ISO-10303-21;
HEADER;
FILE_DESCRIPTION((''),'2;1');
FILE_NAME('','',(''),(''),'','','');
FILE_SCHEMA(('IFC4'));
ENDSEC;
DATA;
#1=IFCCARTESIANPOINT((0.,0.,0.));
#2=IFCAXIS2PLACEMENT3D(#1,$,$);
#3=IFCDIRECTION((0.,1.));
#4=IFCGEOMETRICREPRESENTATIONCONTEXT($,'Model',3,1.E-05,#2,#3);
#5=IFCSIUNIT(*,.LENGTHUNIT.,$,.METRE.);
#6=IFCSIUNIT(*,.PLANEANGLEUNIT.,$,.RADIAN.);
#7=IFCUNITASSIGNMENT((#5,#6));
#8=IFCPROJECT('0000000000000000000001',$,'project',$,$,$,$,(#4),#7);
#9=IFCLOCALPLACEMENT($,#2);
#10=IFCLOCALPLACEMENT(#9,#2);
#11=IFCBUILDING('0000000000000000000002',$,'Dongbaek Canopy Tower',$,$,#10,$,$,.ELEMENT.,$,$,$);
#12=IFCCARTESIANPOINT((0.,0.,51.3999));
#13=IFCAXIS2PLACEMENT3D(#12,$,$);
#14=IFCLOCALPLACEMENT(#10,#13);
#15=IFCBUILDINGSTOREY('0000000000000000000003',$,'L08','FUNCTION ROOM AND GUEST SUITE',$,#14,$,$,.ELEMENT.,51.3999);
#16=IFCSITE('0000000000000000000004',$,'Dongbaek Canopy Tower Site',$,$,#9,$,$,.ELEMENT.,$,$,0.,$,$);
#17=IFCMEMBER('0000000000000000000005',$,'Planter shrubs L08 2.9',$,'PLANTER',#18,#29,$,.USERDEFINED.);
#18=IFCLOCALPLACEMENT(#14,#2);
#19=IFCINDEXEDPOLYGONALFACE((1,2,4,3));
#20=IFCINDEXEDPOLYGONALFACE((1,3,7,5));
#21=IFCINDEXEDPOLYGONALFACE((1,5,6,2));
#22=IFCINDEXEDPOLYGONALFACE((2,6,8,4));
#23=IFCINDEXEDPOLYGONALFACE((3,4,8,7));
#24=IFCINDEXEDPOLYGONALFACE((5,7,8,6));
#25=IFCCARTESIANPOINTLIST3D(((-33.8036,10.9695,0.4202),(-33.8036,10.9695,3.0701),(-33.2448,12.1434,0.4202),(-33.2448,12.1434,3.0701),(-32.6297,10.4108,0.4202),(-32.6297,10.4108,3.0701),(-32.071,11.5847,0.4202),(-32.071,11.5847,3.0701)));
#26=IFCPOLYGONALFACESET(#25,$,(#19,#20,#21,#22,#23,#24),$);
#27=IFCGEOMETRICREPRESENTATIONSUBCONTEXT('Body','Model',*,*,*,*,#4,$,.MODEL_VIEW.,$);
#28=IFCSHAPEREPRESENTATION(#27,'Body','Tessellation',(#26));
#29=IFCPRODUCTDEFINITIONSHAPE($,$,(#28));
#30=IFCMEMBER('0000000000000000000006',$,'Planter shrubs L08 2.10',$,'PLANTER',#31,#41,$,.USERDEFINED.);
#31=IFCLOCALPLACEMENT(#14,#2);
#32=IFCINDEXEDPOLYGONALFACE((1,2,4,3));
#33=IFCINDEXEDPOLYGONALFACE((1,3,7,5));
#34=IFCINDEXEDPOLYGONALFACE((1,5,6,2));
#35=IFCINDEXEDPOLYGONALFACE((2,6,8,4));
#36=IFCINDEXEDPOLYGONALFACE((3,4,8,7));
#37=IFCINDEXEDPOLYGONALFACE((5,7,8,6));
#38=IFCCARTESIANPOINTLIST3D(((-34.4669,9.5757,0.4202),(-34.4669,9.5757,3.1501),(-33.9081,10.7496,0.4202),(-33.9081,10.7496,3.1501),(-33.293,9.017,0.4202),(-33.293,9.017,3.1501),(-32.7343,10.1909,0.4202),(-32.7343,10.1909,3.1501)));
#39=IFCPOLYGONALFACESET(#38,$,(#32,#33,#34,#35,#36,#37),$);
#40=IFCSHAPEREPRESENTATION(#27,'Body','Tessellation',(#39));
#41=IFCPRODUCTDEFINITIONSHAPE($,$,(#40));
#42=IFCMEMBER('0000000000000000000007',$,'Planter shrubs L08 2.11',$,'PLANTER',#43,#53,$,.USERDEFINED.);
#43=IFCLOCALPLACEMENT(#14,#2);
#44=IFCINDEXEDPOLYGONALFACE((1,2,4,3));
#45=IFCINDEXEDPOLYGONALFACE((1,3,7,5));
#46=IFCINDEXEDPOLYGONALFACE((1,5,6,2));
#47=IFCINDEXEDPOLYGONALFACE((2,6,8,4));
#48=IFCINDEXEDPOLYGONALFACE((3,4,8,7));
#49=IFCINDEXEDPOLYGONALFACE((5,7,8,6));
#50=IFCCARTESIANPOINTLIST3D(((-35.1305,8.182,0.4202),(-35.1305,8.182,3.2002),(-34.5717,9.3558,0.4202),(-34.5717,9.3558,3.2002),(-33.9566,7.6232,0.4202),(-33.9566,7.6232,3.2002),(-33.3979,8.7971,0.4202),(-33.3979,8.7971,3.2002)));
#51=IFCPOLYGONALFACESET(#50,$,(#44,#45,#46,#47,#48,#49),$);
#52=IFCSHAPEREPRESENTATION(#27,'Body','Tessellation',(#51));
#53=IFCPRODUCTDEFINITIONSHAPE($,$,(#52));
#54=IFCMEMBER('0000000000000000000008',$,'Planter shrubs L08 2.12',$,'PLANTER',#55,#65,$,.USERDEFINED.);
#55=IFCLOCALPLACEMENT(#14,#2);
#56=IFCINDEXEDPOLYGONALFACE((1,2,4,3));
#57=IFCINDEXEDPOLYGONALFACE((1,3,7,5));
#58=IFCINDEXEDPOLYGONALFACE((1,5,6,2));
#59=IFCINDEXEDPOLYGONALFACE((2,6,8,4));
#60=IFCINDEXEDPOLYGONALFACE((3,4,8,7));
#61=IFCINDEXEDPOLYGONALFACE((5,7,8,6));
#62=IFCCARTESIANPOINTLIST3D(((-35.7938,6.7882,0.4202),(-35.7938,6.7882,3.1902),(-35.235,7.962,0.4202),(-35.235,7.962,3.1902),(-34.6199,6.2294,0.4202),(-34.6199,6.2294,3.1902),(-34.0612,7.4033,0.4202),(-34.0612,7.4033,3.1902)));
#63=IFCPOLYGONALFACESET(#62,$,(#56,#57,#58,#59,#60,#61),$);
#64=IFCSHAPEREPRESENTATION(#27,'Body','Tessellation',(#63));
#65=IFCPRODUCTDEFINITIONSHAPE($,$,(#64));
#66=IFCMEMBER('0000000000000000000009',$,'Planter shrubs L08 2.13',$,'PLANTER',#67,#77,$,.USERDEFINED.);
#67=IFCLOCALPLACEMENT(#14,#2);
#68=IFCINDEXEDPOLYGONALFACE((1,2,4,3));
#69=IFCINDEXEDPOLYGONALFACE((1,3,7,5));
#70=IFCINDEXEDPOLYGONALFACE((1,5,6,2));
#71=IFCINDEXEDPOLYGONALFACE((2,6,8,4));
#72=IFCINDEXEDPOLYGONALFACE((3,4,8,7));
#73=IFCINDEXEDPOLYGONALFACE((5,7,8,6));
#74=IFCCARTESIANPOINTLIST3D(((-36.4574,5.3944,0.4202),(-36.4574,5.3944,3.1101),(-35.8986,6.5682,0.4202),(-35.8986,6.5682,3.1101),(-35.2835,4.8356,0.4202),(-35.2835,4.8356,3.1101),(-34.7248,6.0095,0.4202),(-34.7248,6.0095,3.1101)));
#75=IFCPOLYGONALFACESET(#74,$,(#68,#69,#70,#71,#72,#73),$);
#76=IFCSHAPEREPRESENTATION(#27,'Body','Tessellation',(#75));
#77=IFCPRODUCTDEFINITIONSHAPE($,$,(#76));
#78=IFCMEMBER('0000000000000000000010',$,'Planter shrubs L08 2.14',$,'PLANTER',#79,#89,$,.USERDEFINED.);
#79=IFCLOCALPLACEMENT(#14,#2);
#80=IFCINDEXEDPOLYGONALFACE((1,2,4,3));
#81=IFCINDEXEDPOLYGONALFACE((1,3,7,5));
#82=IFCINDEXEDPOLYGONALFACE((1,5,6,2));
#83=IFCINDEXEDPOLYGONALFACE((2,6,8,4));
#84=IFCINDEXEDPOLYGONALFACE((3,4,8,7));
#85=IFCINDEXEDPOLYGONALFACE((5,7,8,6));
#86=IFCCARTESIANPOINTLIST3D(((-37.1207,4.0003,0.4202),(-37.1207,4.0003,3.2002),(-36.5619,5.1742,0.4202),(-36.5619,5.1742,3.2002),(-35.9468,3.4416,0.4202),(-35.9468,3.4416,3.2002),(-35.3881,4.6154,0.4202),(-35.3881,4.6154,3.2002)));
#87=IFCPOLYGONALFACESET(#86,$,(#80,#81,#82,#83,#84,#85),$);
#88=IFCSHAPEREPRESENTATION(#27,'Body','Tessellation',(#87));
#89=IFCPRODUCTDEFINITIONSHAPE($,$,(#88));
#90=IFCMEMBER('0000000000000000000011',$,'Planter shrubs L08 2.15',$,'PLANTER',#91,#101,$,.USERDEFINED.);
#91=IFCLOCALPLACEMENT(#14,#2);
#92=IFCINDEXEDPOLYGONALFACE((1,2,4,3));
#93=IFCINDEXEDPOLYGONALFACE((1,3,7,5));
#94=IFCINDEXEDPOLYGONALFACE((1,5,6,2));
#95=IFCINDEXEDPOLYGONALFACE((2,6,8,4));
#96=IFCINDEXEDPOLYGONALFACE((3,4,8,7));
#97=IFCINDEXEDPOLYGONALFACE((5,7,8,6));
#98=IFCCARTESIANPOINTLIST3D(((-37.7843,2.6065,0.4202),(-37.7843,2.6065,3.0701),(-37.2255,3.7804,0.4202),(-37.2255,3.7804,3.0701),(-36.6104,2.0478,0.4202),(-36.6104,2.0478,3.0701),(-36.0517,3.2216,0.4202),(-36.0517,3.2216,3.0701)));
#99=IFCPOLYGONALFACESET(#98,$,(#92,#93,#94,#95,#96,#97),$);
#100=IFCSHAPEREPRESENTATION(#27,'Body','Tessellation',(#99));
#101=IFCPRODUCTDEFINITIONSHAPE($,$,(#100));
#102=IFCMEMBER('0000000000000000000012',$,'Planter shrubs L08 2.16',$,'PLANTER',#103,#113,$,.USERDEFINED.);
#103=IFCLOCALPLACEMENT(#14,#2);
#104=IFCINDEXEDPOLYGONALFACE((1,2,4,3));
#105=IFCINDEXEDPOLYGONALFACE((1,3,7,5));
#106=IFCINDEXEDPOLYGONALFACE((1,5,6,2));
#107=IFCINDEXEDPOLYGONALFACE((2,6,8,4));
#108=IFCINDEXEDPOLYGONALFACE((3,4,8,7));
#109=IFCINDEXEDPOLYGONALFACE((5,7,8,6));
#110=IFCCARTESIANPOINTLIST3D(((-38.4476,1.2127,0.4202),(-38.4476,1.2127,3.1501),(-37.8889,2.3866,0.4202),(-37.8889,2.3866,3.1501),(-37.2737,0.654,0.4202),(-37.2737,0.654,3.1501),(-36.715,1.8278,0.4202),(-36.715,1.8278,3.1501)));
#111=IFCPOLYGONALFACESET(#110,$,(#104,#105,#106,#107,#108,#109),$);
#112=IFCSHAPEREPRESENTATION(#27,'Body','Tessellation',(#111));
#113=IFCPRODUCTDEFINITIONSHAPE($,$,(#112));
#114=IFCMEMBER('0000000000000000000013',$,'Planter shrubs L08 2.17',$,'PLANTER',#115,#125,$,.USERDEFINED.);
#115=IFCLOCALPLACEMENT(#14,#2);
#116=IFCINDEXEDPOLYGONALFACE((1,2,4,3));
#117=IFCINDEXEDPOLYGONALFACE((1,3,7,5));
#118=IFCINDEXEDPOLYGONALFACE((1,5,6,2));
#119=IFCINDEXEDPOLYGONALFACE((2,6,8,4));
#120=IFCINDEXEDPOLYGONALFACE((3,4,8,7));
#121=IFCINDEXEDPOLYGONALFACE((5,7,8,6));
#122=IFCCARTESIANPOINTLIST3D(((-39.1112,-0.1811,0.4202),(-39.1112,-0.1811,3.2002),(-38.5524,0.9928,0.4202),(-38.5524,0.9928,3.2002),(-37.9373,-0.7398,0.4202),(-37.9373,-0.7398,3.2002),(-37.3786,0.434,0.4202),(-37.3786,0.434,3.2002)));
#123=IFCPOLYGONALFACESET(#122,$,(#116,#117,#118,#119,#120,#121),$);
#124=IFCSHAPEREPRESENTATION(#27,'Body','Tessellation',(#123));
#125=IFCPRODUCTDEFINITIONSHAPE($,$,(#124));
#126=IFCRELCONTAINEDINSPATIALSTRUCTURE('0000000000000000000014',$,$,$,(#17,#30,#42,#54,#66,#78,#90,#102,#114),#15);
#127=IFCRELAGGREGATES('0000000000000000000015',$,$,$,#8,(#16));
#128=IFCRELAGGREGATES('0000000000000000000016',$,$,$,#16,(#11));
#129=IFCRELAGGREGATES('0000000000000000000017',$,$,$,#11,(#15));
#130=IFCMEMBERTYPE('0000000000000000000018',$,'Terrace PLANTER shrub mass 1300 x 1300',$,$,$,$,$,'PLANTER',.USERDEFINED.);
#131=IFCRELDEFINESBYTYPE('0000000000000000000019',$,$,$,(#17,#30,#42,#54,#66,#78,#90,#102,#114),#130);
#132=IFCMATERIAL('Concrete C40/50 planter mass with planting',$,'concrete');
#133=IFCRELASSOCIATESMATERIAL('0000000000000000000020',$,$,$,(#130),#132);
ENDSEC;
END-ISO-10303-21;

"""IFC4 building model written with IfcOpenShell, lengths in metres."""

from ifc_helpers import new_model, si_unit, direction, frame, origin, origin_2d, place, context, subcontext, project, spatial, rectangle, extrude, material, material_profile, profile_set, type_object, element, save


model = new_model("IFC4")

# Units and contexts
model_context = context("Model", 3, precision=1e-05, world=origin(), true_north=direction((0.0, 1.0)))
body_context = subcontext(model_context, "Body", "Model", "MODEL_VIEW")
ifc_project = project(units=[si_unit("LENGTHUNIT", "METRE"), si_unit("PLANEANGLEUNIT", "RADIAN")], contexts=[model_context])

# Site, building, storey
site_placement = place(None, origin())
site = spatial("IfcSite", under=ifc_project, at=site_placement, Name="Dongbaek Canopy Tower Site", CompositionType="ELEMENT", RefElevation=0.0)
building_placement = place(site_placement, origin())
building = spatial("IfcBuilding", under=site, at=building_placement, Name="Dongbaek Canopy Tower", CompositionType="ELEMENT")
storey_placement = place(building_placement, frame((0.0, 0.0, 51.3999)))
storey = spatial("IfcBuildingStorey", under=building, at=storey_placement, Name="L08", Description="FUNCTION ROOM AND GUEST SUITE", CompositionType="ELEMENT", Elevation=51.3999)

# Members
ifc_material_1 = material(Name="Concrete C40/50 planter mass with planting", Category="concrete")
ifc_material_profile_1 = material_profile(ifc_material_1, rectangle(XDim=1.3, YDim=1.3, at=origin_2d()), Name="Terrace PLANTER shrub mass 1300 x 1300")
ifc_profile_set_1 = profile_set([ifc_material_profile_1], Name="Concrete C40/50 planter mass with planting")
member_type = type_object("IfcMemberType", Name="Terrace PLANTER shrub mass 1300 x 1300", ElementType="PLANTER", PredefinedType="USERDEFINED", material=ifc_profile_set_1)
member_1_placement = place(storey_placement, frame((-32.9373, 11.2771, 0.4202), z_axis=(0.0, 0.0, 1.0), x_axis=(-0.902929, 0.42979, 0.0)))
element("IfcMember", 1, at=member_1_placement, inside=storey, type_object=member_type, Name="Planter shrubs L08 2.9", ObjectType="PLANTER", PredefinedType="USERDEFINED", context=body_context, shape_type="SweptSolid", body=[
    extrude(rectangle(XDim=1.3, YDim=1.3, at=origin_2d()), origin(), (0.0, 0.0, 1.0), 2.6499),
])
member_2_placement = place(storey_placement, frame((-33.6006, 9.8833, 0.4202), z_axis=(0.0, 0.0, 1.0), x_axis=(-0.902929, 0.42979, 0.0)))
element("IfcMember", 2, at=member_2_placement, inside=storey, type_object=member_type, Name="Planter shrubs L08 2.10", ObjectType="PLANTER", PredefinedType="USERDEFINED", context=body_context, shape_type="SweptSolid", body=[
    extrude(rectangle(XDim=1.3, YDim=1.3, at=origin_2d()), origin(), (0.0, 0.0, 1.0), 2.73),
])
member_3_placement = place(storey_placement, frame((-34.2642, 8.4895, 0.4202), z_axis=(0.0, 0.0, 1.0), x_axis=(-0.902929, 0.42979, 0.0)))
element("IfcMember", 3, at=member_3_placement, inside=storey, type_object=member_type, Name="Planter shrubs L08 2.11", ObjectType="PLANTER", PredefinedType="USERDEFINED", context=body_context, shape_type="SweptSolid", body=[
    extrude(rectangle(XDim=1.3, YDim=1.3, at=origin_2d()), origin(), (0.0, 0.0, 1.0), 2.78),
])
member_4_placement = place(storey_placement, frame((-34.9275, 7.0957, 0.4202), z_axis=(0.0, 0.0, 1.0), x_axis=(-0.902929, 0.42979, 0.0)))
element("IfcMember", 4, at=member_4_placement, inside=storey, type_object=member_type, Name="Planter shrubs L08 2.12", ObjectType="PLANTER", PredefinedType="USERDEFINED", context=body_context, shape_type="SweptSolid", body=[
    extrude(rectangle(XDim=1.3, YDim=1.3, at=origin_2d()), origin(), (0.0, 0.0, 1.0), 2.77),
])
member_5_placement = place(storey_placement, frame((-35.5911, 5.7019, 0.4202), z_axis=(0.0, 0.0, 1.0), x_axis=(-0.902929, 0.42979, 0.0)))
element("IfcMember", 5, at=member_5_placement, inside=storey, type_object=member_type, Name="Planter shrubs L08 2.13", ObjectType="PLANTER", PredefinedType="USERDEFINED", context=body_context, shape_type="SweptSolid", body=[
    extrude(rectangle(XDim=1.3, YDim=1.3, at=origin_2d()), origin(), (0.0, 0.0, 1.0), 2.6899),
])
member_6_placement = place(storey_placement, frame((-36.2544, 4.3079, 0.4202), z_axis=(0.0, 0.0, 1.0), x_axis=(-0.902929, 0.42979, 0.0)))
element("IfcMember", 6, at=member_6_placement, inside=storey, type_object=member_type, Name="Planter shrubs L08 2.14", ObjectType="PLANTER", PredefinedType="USERDEFINED", context=body_context, shape_type="SweptSolid", body=[
    extrude(rectangle(XDim=1.3, YDim=1.3, at=origin_2d()), origin(), (0.0, 0.0, 1.0), 2.78),
])
member_7_placement = place(storey_placement, frame((-36.918, 2.9141, 0.4202), z_axis=(0.0, 0.0, 1.0), x_axis=(-0.902929, 0.42979, 0.0)))
element("IfcMember", 7, at=member_7_placement, inside=storey, type_object=member_type, Name="Planter shrubs L08 2.15", ObjectType="PLANTER", PredefinedType="USERDEFINED", context=body_context, shape_type="SweptSolid", body=[
    extrude(rectangle(XDim=1.3, YDim=1.3, at=origin_2d()), origin(), (0.0, 0.0, 1.0), 2.6499),
])
member_8_placement = place(storey_placement, frame((-37.5813, 1.5203, 0.4202), z_axis=(0.0, 0.0, 1.0), x_axis=(-0.902929, 0.42979, 0.0)))
element("IfcMember", 8, at=member_8_placement, inside=storey, type_object=member_type, Name="Planter shrubs L08 2.16", ObjectType="PLANTER", PredefinedType="USERDEFINED", context=body_context, shape_type="SweptSolid", body=[
    extrude(rectangle(XDim=1.3, YDim=1.3, at=origin_2d()), origin(), (0.0, 0.0, 1.0), 2.73),
])
member_9_placement = place(storey_placement, frame((-38.2449, 0.1265, 0.4202), z_axis=(0.0, 0.0, 1.0), x_axis=(-0.902929, 0.42979, 0.0)))
element("IfcMember", 9, at=member_9_placement, inside=storey, type_object=member_type, Name="Planter shrubs L08 2.17", ObjectType="PLANTER", PredefinedType="USERDEFINED", context=body_context, shape_type="SweptSolid", body=[
    extrude(rectangle(XDim=1.3, YDim=1.3, at=origin_2d()), origin(), (0.0, 0.0, 1.0), 2.78),
])

save(model, "model.ifc")
